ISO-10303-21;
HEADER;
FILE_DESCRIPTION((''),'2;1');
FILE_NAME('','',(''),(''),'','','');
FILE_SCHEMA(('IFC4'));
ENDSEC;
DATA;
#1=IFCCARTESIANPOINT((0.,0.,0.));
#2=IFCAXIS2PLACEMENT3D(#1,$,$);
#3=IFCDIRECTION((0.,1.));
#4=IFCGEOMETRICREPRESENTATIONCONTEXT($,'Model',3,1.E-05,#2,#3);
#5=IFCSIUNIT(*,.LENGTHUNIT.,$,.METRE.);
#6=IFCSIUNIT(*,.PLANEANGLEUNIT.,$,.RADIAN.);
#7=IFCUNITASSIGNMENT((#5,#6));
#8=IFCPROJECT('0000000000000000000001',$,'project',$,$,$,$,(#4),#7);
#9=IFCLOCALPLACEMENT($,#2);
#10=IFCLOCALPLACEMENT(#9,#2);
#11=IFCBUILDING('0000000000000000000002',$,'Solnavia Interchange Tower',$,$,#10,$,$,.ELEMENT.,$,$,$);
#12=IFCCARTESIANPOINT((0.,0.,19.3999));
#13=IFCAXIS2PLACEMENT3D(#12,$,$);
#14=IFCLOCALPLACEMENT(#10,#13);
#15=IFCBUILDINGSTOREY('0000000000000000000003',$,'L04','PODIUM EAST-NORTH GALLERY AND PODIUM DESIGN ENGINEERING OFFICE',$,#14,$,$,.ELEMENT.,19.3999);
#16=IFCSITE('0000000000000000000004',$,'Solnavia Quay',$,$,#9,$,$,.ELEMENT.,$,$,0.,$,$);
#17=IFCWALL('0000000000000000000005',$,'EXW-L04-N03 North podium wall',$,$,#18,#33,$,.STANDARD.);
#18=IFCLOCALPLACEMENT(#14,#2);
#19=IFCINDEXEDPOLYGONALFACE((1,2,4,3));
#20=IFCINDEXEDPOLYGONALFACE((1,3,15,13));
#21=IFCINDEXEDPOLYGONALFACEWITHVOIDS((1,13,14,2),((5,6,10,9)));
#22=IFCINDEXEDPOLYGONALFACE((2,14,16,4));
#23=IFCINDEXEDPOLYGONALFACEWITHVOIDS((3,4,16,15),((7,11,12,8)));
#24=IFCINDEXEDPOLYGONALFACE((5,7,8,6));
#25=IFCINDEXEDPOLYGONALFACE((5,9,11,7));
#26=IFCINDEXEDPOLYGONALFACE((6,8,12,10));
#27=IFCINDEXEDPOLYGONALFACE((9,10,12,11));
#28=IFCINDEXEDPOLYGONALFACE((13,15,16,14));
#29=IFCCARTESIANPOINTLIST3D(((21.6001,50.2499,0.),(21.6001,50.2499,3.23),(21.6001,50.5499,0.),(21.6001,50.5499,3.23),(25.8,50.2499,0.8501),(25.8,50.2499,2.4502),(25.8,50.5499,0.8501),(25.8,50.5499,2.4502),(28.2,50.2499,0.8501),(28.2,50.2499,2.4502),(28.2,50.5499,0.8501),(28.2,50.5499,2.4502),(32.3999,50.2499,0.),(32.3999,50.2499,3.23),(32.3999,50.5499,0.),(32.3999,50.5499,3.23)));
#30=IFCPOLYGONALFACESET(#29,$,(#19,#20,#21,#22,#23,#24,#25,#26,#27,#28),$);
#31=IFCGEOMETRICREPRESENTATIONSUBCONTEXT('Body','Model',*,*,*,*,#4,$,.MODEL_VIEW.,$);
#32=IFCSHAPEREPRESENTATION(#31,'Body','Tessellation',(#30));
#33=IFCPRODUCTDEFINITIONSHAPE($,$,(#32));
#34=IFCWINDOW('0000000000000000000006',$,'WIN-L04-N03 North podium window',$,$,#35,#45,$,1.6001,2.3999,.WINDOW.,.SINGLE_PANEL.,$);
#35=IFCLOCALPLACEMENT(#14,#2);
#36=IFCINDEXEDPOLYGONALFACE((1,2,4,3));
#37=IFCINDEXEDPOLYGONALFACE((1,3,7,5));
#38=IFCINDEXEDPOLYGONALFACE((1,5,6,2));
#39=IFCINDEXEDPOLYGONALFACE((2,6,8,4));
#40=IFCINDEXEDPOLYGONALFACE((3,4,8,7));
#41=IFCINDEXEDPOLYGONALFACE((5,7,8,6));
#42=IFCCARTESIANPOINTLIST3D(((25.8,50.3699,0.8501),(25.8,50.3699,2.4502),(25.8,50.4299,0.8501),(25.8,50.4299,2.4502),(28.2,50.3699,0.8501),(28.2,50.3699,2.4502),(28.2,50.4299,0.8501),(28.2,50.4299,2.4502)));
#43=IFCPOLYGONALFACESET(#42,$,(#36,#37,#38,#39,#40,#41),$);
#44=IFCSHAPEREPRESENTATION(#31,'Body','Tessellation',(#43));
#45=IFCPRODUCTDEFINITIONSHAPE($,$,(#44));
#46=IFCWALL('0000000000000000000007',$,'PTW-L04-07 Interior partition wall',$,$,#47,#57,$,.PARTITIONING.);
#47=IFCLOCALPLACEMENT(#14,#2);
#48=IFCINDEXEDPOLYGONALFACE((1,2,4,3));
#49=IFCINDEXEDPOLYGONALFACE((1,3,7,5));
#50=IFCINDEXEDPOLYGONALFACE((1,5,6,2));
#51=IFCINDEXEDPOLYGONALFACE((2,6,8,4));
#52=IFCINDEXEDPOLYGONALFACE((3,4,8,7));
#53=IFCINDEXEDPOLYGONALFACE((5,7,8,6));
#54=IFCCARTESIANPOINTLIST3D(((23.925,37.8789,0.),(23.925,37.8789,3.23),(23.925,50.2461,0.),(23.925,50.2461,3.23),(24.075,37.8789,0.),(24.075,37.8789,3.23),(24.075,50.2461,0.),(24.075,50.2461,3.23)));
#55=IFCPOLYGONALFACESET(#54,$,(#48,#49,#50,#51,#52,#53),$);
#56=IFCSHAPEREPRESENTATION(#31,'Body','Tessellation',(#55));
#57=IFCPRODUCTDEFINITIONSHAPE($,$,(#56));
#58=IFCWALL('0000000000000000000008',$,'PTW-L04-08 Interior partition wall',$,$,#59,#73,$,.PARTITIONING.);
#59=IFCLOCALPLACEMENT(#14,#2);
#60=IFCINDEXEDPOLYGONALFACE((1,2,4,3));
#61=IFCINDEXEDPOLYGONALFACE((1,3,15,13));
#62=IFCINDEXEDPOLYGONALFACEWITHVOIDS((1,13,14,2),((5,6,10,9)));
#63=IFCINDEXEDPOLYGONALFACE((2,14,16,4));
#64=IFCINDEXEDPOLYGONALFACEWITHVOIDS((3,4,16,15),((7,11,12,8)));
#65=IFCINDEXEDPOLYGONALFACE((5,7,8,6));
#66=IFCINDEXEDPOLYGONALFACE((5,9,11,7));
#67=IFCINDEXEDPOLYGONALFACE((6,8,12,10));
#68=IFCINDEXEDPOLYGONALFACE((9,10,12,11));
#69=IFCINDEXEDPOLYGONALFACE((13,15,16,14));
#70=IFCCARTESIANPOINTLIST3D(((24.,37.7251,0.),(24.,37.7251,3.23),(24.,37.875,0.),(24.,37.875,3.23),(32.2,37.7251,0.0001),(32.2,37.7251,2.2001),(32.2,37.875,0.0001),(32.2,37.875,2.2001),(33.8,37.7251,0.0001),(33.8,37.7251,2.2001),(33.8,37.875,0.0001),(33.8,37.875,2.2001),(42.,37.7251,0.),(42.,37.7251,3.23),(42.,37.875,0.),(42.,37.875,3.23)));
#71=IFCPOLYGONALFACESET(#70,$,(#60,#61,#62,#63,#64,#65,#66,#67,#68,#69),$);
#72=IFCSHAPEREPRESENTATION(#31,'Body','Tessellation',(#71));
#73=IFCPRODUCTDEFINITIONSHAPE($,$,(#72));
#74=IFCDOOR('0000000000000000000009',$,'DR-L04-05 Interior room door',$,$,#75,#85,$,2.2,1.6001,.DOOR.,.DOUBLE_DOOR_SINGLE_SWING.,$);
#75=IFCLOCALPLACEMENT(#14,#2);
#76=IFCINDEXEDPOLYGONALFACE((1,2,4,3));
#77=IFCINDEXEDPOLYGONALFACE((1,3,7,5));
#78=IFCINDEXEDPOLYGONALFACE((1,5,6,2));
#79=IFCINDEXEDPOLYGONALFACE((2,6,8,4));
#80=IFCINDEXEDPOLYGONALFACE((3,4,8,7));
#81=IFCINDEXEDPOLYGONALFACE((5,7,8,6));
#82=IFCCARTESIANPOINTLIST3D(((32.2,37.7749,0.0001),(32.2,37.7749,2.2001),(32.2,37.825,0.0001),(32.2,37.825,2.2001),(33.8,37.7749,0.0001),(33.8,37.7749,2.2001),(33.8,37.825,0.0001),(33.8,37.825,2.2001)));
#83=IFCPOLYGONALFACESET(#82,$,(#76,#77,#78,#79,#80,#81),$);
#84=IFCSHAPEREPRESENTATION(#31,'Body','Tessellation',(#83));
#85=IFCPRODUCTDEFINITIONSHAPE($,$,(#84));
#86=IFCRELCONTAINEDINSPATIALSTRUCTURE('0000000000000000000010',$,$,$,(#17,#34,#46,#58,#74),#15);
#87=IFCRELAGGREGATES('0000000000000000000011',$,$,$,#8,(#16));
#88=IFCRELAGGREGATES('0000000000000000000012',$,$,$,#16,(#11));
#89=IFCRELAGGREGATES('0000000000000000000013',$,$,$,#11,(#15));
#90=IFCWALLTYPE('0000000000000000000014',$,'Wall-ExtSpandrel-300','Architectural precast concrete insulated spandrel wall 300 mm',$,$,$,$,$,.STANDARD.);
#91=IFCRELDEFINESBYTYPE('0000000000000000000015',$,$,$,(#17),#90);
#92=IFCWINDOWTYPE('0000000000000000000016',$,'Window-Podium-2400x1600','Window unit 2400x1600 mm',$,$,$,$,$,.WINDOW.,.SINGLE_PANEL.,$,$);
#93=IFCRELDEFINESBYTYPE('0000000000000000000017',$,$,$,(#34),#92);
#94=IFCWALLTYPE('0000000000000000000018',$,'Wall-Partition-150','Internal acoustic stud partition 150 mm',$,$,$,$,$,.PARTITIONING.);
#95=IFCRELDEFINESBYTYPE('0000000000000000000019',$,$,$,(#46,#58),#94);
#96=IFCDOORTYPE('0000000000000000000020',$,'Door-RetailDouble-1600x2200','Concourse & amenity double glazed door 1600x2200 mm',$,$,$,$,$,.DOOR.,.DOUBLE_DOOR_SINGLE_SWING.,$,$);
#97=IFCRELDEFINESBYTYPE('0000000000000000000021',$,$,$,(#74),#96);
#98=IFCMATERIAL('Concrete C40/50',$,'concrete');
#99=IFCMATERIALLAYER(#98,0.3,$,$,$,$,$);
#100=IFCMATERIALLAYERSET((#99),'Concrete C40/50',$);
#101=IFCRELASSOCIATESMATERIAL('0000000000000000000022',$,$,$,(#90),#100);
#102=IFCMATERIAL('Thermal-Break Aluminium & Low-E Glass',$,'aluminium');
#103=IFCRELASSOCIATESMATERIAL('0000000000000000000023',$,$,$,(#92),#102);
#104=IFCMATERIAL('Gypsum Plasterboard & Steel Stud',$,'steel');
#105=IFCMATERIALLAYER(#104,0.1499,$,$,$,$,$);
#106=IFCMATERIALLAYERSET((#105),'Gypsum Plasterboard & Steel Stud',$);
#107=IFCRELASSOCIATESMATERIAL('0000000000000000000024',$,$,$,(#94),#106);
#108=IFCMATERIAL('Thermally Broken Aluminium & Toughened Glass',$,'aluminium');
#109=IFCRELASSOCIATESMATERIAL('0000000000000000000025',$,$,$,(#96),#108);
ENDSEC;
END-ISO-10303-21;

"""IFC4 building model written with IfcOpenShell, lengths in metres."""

from ifc_helpers import new_model, si_unit, direction, frame, frame_2d, origin, place, context, subcontext, project, spatial, rectangle, extrude, material, layer, layer_set, type_object, element, fill, save


model = new_model("IFC4")

# Units and contexts
model_context = context("Model", 3, precision=1e-05, world=origin(), true_north=direction((0.0, 1.0)))
body_context = subcontext(model_context, "Body", "Model", "MODEL_VIEW")
ifc_project = project(units=[si_unit("LENGTHUNIT", "METRE"), si_unit("PLANEANGLEUNIT", "RADIAN")], contexts=[model_context])

# Site, building, storey
site_placement = place(None, origin())
site = spatial("IfcSite", under=ifc_project, at=site_placement, Name="Solnavia Quay", CompositionType="ELEMENT", RefElevation=0.0)
building_placement = place(site_placement, origin())
building = spatial("IfcBuilding", under=site, at=building_placement, Name="Solnavia Interchange Tower", CompositionType="ELEMENT")
storey_placement = place(building_placement, frame((0.0, 0.0, 19.3999)))
storey = spatial("IfcBuildingStorey", under=building, at=storey_placement, Name="L04", Description="PODIUM EAST-NORTH GALLERY AND PODIUM DESIGN ENGINEERING OFFICE", CompositionType="ELEMENT", Elevation=19.3999)

# Wall, opening, window
ifc_material_1 = material(Name="Concrete C40/50", Category="concrete")
ifc_layer_1 = layer(ifc_material_1, 0.3)
ifc_layer_set_1 = layer_set([ifc_layer_1], Name="Concrete C40/50")
wall_type_1 = type_object("IfcWallType", Name="Wall-ExtSpandrel-300", Description="Architectural precast concrete insulated spandrel wall 300 mm", PredefinedType="STANDARD", material=ifc_layer_set_1)
ifc_material_2 = material(Name="Thermal-Break Aluminium & Low-E Glass", Category="aluminium")
window_type = type_object("IfcWindowType", Name="Window-Podium-2400x1600", Description="Window unit 2400x1600 mm", PartitioningType="SINGLE_PANEL", PredefinedType="WINDOW", material=ifc_material_2)
wall_1_placement = place(storey_placement, frame((21.6001, 50.3999, 0.0), z_axis=(0.0, 0.0, 1.0), x_axis=(1.0, 0.0, 0.0)))
wall_1 = element("IfcWall", 1, at=wall_1_placement, inside=storey, type_object=wall_type_1, Name="EXW-L04-N03 North podium wall", PredefinedType="STANDARD", context=body_context, shape_type="SweptSolid", body=[
    extrude(rectangle(XDim=10.7998, YDim=0.3, at=frame_2d((5.3999, 0.0))), origin(), (0.0, 0.0, 1.0), 3.23),
])
opening_1_placement = place(wall_1_placement, frame((4.2, 0.0, 0.8501)))
opening_1 = element("IfcOpeningElement", 2, at=opening_1_placement, cuts=wall_1, PredefinedType="OPENING", context=body_context, shape_type="SweptSolid", body=[
    extrude(rectangle(XDim=2.3999, YDim=1.6001, at=frame_2d((1.2, 0.8))), frame((0.0, 0.1602, 0.0), z_axis=(0.0, -1.0, 0.0), x_axis=(1.0, 0.0, 0.0)), (0.0, 0.0, 1.0), 0.3201),
])
window_1_placement = place(opening_1_placement, origin())
window_1 = element("IfcWindow", 3, at=window_1_placement, inside=storey, type_object=window_type, Name="WIN-L04-N03 North podium window", OverallHeight=1.6001, OverallWidth=2.3999, PartitioningType="SINGLE_PANEL", PredefinedType="WINDOW", context=body_context, shape_type="SweptSolid", body=[
    extrude(rectangle(XDim=2.3999, YDim=1.6001, at=frame_2d((1.2, 0.8))), frame((0.0, 0.03, 0.0), z_axis=(0.0, -1.0, 0.0), x_axis=(1.0, 0.0, 0.0)), (0.0, 0.0, 1.0), 0.0601),
])
fill(opening_1, window_1)

# Wall
ifc_material_3 = material(Name="Gypsum Plasterboard & Steel Stud", Category="steel")
ifc_layer_2 = layer(ifc_material_3, 0.1499)
ifc_layer_set_2 = layer_set([ifc_layer_2], Name="Gypsum Plasterboard & Steel Stud")
wall_type_2 = type_object("IfcWallType", Name="Wall-Partition-150", Description="Internal acoustic stud partition 150 mm", PredefinedType="PARTITIONING", material=ifc_layer_set_2)
wall_2_placement = place(storey_placement, frame((24.0, 37.8789, 0.0), z_axis=(0.0, 0.0, 1.0), x_axis=(0.0, 1.0, 0.0)))
element("IfcWall", 4, at=wall_2_placement, inside=storey, type_object=wall_type_2, Name="PTW-L04-07 Interior partition wall", PredefinedType="PARTITIONING", context=body_context, shape_type="SweptSolid", body=[
    extrude(rectangle(XDim=12.3672, YDim=0.1499, at=frame_2d((6.1836, 0.0))), origin(), (0.0, 0.0, 1.0), 3.23),
])

# Wall, opening, door
wall_3_placement = place(storey_placement, frame((24.0, 37.8, 0.0), z_axis=(0.0, 0.0, 1.0), x_axis=(1.0, 0.0, 0.0)))
wall_3 = element("IfcWall", 5, at=wall_3_placement, inside=storey, type_object=wall_type_2, Name="PTW-L04-08 Interior partition wall", PredefinedType="PARTITIONING", context=body_context, shape_type="SweptSolid", body=[
    extrude(rectangle(XDim=18.0, YDim=0.1499, at=frame_2d((9.0, 0.0))), origin(), (0.0, 0.0, 1.0), 3.23),
])
opening_2_placement = place(wall_3_placement, frame((8.2, 0.0, 0.0)))
opening_2 = element("IfcOpeningElement", 6, at=opening_2_placement, cuts=wall_3, PredefinedType="OPENING", context=body_context, shape_type="SweptSolid", body=[
    extrude(rectangle(XDim=1.6001, YDim=2.2, at=frame_2d((0.8, 1.1001))), frame((0.0, 0.085, 0.0), z_axis=(0.0, -1.0, 0.0), x_axis=(1.0, 0.0, 0.0)), (0.0, 0.0, 1.0), 0.1699),
])
ifc_material_4 = material(Name="Thermally Broken Aluminium & Toughened Glass", Category="aluminium")
door_type = type_object("IfcDoorType", Name="Door-RetailDouble-1600x2200", Description="Concourse & amenity double glazed door 1600x2200 mm", OperationType="DOUBLE_DOOR_SINGLE_SWING", PredefinedType="DOOR", material=ifc_material_4)
door_placement = place(opening_2_placement, origin())
door = element("IfcDoor", 7, at=door_placement, inside=storey, type_object=door_type, Name="DR-L04-05 Interior room door", OperationType="DOUBLE_DOOR_SINGLE_SWING", OverallHeight=2.2, OverallWidth=1.6001, PredefinedType="DOOR", context=body_context, shape_type="SweptSolid", body=[
    extrude(rectangle(XDim=1.6001, YDim=2.2, at=frame_2d((0.8, 1.1001))), frame((0.0, 0.0249, 0.0), z_axis=(0.0, -1.0, 0.0), x_axis=(1.0, 0.0, 0.0)), (0.0, 0.0, 1.0), 0.05),
])
fill(opening_2, door)

save(model, "model.ifc")
